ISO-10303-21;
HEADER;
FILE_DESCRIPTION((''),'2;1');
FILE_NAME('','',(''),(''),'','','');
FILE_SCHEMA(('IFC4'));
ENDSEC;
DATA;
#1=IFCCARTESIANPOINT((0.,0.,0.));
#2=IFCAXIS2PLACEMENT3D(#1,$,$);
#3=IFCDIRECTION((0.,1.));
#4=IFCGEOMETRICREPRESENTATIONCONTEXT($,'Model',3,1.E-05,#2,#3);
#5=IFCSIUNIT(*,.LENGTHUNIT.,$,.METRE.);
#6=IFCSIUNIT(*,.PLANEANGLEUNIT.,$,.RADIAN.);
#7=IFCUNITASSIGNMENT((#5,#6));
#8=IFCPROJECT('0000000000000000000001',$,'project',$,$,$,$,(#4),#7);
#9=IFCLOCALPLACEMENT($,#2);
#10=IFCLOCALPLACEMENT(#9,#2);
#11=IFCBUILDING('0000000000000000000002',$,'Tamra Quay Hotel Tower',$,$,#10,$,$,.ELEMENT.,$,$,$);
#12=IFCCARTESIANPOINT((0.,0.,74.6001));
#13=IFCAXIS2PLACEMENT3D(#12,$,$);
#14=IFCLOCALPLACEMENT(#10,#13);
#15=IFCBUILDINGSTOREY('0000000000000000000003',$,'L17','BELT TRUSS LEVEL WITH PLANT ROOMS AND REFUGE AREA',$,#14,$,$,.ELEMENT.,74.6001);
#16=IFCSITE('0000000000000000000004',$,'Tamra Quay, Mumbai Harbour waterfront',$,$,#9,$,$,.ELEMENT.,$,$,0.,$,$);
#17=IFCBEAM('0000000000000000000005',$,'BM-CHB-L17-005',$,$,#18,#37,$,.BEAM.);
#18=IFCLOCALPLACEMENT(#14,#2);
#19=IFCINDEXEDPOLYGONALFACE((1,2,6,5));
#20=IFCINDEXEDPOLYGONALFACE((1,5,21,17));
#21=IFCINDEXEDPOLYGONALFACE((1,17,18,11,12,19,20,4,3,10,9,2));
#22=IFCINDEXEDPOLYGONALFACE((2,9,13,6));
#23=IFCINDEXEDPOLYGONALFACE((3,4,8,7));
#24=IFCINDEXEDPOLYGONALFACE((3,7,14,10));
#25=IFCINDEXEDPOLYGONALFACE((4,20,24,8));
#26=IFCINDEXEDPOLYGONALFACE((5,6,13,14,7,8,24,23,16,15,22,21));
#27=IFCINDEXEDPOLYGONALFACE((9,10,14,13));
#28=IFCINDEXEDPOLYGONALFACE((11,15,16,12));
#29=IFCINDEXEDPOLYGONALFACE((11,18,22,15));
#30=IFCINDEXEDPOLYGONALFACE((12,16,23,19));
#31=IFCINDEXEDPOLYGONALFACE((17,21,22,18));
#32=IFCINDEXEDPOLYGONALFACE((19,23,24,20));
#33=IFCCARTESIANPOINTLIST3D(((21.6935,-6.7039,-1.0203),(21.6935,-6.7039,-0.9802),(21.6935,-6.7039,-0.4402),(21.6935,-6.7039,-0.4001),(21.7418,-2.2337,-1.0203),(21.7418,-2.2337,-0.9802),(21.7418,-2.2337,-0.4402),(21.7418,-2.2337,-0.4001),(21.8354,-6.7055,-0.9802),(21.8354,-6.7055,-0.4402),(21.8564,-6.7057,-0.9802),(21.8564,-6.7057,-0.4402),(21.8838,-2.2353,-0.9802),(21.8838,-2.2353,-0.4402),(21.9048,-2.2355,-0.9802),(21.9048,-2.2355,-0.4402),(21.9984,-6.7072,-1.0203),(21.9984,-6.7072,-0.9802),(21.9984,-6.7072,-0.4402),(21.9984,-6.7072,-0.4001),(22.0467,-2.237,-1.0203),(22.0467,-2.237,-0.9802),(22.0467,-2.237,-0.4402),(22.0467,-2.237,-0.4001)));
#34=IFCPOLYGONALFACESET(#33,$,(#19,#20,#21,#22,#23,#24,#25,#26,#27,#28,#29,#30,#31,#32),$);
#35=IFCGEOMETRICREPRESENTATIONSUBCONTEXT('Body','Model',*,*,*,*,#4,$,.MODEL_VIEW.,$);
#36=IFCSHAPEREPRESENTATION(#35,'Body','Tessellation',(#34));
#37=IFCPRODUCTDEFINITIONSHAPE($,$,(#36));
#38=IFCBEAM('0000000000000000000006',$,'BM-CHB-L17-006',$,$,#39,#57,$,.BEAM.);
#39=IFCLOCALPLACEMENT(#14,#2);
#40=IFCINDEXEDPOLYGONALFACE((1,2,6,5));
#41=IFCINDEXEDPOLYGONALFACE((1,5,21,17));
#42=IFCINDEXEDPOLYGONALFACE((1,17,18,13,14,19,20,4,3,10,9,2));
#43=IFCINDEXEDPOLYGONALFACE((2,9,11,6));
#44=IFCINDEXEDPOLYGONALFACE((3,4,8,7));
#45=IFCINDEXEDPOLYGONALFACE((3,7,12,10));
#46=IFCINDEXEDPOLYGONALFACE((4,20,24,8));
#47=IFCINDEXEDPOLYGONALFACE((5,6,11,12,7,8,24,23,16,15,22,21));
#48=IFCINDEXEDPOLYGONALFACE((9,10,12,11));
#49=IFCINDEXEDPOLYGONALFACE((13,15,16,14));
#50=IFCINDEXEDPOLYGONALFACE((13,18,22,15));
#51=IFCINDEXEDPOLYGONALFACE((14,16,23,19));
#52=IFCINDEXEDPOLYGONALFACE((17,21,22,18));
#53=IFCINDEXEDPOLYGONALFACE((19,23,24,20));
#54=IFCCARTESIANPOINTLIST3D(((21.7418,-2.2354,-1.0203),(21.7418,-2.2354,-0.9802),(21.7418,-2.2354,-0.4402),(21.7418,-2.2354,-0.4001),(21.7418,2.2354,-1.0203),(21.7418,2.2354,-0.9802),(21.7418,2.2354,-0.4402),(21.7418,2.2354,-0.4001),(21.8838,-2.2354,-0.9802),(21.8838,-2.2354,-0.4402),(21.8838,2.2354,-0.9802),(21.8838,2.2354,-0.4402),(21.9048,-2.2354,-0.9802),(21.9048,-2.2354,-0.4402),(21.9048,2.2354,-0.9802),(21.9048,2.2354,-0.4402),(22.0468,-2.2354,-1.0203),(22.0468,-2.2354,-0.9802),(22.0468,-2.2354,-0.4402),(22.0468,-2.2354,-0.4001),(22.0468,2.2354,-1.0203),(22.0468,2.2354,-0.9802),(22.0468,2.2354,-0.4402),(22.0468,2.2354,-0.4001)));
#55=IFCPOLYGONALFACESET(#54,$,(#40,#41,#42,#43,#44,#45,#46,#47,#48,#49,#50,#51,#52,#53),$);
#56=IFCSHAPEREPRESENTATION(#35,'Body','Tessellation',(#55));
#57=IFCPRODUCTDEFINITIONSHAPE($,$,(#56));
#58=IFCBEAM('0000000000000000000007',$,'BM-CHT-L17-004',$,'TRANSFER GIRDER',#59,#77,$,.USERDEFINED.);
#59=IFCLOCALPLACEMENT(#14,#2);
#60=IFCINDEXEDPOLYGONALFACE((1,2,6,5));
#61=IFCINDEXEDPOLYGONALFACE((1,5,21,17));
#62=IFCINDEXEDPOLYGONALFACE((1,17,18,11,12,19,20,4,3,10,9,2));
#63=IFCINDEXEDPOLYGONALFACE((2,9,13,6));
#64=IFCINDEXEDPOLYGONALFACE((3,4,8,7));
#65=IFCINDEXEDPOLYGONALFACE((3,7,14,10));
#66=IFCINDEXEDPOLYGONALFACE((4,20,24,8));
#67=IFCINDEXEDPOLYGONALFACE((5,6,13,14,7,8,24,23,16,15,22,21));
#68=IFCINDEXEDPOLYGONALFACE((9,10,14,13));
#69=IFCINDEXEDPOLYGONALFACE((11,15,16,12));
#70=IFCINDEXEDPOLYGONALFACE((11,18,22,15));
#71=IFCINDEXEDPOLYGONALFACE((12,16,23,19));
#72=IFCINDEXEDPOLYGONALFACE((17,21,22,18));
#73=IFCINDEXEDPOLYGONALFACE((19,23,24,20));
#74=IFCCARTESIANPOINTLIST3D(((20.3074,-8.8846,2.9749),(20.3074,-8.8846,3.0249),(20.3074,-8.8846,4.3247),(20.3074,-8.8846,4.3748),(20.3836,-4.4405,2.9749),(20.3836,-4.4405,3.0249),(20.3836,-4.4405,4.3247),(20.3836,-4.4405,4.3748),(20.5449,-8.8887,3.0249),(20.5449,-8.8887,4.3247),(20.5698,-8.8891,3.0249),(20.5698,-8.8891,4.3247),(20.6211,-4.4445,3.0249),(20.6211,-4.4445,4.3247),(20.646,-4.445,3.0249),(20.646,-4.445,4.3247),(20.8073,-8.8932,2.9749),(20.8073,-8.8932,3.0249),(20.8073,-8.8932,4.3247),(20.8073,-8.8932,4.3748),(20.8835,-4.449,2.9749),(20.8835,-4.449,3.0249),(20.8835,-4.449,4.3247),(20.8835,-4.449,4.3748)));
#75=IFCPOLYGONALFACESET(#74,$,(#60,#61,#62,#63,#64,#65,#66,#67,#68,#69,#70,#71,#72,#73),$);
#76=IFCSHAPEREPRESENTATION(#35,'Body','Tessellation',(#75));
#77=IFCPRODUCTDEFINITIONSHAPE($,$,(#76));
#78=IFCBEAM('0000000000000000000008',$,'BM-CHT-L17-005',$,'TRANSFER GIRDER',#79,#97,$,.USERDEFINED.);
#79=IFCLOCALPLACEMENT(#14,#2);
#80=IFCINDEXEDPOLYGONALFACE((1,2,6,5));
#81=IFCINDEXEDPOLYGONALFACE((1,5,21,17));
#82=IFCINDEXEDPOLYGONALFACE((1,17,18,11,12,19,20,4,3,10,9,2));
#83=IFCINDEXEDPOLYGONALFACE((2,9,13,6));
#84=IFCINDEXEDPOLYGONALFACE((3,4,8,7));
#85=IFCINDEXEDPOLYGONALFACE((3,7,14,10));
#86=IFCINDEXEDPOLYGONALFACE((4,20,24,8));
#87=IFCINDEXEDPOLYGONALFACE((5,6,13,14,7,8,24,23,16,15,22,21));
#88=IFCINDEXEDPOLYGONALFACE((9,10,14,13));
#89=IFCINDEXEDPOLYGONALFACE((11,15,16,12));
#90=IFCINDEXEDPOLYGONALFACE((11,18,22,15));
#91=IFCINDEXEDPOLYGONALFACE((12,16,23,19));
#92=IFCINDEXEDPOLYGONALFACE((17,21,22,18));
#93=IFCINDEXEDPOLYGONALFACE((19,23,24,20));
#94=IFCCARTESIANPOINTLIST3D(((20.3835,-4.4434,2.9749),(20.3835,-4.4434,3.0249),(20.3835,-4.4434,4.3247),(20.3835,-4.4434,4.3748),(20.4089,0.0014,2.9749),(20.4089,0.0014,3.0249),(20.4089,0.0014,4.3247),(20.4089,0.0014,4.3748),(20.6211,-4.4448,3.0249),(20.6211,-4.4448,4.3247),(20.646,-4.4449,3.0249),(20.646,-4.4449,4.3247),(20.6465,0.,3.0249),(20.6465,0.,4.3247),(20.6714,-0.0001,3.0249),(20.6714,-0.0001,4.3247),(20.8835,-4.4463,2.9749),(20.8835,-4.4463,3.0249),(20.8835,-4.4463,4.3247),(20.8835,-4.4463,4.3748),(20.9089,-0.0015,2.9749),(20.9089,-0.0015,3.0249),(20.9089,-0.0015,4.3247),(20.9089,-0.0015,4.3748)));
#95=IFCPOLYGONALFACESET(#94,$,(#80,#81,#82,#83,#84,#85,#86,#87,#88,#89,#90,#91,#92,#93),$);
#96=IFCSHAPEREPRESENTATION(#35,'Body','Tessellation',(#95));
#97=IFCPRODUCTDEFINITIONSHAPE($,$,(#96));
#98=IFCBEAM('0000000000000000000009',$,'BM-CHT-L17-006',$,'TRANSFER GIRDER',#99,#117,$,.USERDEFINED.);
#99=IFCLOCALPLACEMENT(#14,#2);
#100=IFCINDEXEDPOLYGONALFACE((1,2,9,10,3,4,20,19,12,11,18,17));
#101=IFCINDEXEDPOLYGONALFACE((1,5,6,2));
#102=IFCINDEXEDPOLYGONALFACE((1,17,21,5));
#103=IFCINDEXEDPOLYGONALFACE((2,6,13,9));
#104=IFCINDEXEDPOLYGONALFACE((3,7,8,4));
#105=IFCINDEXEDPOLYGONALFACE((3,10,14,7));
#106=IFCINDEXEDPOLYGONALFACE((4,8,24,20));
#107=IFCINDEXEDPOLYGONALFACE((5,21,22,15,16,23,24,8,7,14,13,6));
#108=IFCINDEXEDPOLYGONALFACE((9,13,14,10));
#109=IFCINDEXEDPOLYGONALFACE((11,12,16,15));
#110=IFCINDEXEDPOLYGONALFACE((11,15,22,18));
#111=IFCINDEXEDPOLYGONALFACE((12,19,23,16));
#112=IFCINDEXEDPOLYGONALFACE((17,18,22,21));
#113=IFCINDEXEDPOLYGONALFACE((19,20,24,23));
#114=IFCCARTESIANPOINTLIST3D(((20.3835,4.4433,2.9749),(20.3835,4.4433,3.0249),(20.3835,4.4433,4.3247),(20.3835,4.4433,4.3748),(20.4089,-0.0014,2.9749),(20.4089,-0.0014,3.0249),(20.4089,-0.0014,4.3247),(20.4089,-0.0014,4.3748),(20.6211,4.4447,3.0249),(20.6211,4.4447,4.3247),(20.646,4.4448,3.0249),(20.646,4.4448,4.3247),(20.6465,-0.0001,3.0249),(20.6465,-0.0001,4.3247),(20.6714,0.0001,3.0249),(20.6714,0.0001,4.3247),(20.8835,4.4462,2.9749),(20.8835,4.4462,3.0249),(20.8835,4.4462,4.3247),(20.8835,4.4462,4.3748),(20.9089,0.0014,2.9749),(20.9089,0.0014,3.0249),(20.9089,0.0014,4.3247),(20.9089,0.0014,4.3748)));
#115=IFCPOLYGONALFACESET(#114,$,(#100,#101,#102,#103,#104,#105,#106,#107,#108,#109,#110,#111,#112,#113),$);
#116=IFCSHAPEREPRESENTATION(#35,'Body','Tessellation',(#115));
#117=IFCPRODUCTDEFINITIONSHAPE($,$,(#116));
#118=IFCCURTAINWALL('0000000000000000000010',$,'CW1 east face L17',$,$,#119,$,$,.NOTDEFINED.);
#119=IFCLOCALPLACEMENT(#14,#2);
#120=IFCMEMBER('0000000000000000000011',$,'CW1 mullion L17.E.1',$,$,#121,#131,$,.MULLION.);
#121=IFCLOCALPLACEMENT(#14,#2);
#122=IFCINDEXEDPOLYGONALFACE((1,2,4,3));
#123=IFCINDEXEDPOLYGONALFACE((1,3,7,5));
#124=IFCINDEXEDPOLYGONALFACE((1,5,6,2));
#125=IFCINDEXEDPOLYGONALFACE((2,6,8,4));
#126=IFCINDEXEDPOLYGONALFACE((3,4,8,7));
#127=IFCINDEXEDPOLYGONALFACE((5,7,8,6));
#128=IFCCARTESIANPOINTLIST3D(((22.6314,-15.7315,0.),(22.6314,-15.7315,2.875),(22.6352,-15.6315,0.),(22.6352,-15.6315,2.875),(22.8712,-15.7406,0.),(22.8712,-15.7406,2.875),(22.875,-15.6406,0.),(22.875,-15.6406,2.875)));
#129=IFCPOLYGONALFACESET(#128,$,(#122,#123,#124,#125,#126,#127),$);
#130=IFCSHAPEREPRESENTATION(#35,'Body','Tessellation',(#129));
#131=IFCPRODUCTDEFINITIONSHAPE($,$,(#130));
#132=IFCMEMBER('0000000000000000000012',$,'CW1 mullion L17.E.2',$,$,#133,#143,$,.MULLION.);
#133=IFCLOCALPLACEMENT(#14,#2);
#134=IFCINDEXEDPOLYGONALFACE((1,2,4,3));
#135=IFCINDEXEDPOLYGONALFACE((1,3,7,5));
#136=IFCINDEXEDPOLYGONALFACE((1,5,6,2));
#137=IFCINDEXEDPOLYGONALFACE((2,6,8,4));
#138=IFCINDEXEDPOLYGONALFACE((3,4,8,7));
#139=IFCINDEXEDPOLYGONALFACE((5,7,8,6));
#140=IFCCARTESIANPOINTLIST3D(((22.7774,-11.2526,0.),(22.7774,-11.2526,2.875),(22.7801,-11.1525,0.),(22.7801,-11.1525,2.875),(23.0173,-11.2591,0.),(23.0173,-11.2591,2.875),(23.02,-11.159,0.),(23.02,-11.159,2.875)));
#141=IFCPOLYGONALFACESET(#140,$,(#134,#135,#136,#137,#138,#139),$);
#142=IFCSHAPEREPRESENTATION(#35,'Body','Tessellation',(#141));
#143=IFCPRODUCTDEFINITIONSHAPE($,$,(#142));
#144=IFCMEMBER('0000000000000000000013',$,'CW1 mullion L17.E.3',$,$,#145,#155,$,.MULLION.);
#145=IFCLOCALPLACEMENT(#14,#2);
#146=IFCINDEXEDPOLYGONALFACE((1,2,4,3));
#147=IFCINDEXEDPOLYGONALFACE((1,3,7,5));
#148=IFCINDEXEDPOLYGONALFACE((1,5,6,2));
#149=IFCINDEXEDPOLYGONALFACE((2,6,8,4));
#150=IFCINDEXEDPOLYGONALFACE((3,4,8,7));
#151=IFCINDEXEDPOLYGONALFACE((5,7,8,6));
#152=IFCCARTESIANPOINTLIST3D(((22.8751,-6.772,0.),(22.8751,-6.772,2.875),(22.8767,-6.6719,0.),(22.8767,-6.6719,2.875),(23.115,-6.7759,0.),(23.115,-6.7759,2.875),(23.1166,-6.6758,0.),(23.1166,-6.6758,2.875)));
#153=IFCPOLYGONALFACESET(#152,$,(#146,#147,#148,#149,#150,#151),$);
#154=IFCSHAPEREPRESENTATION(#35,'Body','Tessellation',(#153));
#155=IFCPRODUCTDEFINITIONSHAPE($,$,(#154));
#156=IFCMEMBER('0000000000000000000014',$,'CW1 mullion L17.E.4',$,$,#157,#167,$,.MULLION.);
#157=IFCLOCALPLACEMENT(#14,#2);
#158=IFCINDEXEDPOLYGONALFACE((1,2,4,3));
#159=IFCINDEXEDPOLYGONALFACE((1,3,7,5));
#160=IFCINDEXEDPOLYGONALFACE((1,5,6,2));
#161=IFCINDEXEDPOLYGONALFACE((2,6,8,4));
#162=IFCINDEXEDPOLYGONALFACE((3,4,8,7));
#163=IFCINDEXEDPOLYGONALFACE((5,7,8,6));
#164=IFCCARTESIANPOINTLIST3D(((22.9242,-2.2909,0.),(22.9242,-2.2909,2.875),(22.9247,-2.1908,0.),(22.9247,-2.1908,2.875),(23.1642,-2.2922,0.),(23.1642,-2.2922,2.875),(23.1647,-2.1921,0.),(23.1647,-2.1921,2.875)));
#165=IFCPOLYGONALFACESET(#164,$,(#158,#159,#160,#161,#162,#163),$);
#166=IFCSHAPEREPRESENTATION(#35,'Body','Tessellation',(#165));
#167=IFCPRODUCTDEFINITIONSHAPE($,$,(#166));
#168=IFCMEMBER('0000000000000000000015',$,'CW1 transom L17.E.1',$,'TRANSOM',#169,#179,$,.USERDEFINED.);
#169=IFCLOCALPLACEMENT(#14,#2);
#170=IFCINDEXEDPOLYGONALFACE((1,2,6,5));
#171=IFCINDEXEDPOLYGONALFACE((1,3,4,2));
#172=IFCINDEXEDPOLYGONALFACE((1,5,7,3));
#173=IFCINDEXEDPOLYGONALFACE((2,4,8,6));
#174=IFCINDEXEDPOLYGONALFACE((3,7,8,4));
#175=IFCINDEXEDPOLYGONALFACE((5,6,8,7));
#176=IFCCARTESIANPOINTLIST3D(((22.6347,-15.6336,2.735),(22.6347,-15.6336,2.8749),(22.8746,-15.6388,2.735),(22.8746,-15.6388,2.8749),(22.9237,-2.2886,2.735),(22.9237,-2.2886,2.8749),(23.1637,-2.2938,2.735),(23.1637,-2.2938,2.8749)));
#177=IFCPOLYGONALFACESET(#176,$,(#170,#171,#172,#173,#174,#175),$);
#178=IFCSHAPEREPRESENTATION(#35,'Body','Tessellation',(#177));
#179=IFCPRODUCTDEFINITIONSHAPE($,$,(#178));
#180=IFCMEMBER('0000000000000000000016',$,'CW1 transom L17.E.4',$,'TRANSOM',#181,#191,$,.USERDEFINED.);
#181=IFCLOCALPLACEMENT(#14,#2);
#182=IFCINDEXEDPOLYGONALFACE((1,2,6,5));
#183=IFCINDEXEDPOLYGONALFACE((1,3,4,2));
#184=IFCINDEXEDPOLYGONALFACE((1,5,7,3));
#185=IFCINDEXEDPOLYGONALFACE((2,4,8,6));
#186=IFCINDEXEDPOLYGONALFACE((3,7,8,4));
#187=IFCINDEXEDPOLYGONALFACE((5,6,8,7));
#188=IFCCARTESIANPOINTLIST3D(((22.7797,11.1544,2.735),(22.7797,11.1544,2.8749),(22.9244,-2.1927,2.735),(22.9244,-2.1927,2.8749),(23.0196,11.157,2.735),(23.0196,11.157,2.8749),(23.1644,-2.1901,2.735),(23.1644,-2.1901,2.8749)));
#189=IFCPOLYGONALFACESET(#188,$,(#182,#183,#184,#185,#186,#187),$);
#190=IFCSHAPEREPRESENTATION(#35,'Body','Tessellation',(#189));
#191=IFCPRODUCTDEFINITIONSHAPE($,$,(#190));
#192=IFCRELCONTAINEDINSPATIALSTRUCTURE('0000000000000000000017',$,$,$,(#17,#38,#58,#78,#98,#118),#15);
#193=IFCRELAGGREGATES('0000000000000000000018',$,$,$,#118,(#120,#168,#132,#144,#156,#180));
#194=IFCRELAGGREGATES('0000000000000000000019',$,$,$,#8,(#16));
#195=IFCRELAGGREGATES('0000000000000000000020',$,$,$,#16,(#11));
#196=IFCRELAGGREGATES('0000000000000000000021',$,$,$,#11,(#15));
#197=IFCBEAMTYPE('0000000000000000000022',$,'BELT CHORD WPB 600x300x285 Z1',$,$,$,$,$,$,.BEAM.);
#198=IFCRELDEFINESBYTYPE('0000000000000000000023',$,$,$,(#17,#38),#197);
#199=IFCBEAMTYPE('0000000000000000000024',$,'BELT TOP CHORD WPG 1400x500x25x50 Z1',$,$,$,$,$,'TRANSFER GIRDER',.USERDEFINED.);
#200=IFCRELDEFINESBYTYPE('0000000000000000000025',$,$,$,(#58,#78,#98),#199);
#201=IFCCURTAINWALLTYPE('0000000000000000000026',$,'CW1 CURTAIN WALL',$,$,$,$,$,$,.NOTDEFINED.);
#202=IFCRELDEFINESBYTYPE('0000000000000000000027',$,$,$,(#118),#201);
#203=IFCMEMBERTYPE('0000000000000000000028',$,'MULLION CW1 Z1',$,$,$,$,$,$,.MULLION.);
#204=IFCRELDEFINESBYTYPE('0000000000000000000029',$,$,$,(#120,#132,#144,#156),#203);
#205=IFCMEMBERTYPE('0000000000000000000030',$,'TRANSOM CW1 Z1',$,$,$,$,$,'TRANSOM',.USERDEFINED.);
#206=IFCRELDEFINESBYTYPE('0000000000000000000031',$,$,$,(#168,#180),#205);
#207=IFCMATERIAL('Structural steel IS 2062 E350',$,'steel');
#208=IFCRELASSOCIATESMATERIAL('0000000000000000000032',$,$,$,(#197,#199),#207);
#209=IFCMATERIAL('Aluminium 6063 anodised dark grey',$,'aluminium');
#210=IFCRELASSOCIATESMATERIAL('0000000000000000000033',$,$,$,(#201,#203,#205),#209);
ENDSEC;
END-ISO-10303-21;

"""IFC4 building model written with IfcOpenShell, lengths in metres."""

from ifc_helpers import new_model, si_unit, direction, frame, origin, origin_2d, place, context, subcontext, project, spatial, rectangle, i_section, extrude, material, material_profile, profile_set, type_object, element, aggregate, save


model = new_model("IFC4")

# Units and contexts
model_context = context("Model", 3, precision=1e-05, world=origin(), true_north=direction((0.0, 1.0)))
body_context = subcontext(model_context, "Body", "Model", "MODEL_VIEW")
ifc_project = project(units=[si_unit("LENGTHUNIT", "METRE"), si_unit("PLANEANGLEUNIT", "RADIAN")], contexts=[model_context])

# Site, building, storey
site_placement = place(None, origin())
site = spatial("IfcSite", under=ifc_project, at=site_placement, Name="Tamra Quay, Mumbai Harbour waterfront", CompositionType="ELEMENT", RefElevation=0.0)
building_placement = place(site_placement, origin())
building = spatial("IfcBuilding", under=site, at=building_placement, Name="Tamra Quay Hotel Tower", CompositionType="ELEMENT")
storey_placement = place(building_placement, frame((0.0, 0.0, 74.6001)))
storey = spatial("IfcBuildingStorey", under=building, at=storey_placement, Name="L17", Description="BELT TRUSS LEVEL WITH PLANT ROOMS AND REFUGE AREA", CompositionType="ELEMENT", Elevation=74.6001)

# Shared definitions
ifc_material_1 = material(Name="Structural steel IS 2062 E350", Category="steel")

# Beams
ifc_material_profile_1 = material_profile(ifc_material_1, i_section(OverallWidth=0.3049, OverallDepth=0.6201, WebThickness=0.021, FlangeThickness=0.04, at=origin_2d()), Name="WPB 600x300x285")
ifc_profile_set_1 = profile_set([ifc_material_profile_1], Name="Structural steel IS 2062 E350")
beam_type_1 = type_object("IfcBeamType", Name="BELT CHORD WPB 600x300x285 Z1", PredefinedType="BEAM", material=ifc_profile_set_1)
beam_1_placement = place(storey_placement, frame((21.8459, -6.7056, -0.7102), z_axis=(0.010813, 0.999942, 0.0), x_axis=(-0.999942, 0.010813, 0.0)))
element("IfcBeam", 1, at=beam_1_placement, inside=storey, type_object=beam_type_1, Name="BM-CHB-L17-005", PredefinedType="BEAM", context=body_context, shape_type="SweptSolid", body=[
    extrude(i_section(OverallWidth=0.3049, OverallDepth=0.6201, WebThickness=0.021, FlangeThickness=0.04, at=origin_2d()), origin(), (0.0, 0.0, 1.0), 4.4705),
])
beam_2_placement = place(storey_placement, frame((21.8943, -2.2354, -0.7102), z_axis=(0.0, 1.0, 0.0), x_axis=(-1.0, 0.0, 0.0)))
element("IfcBeam", 2, at=beam_2_placement, inside=storey, type_object=beam_type_1, Name="BM-CHB-L17-006", PredefinedType="BEAM", context=body_context, shape_type="SweptSolid", body=[
    extrude(i_section(OverallWidth=0.3049, OverallDepth=0.6201, WebThickness=0.021, FlangeThickness=0.04, at=origin_2d()), origin(), (0.0, 0.0, 1.0), 4.4707),
])
ifc_material_profile_2 = material_profile(ifc_material_1, i_section(OverallWidth=0.5, OverallDepth=1.3999, WebThickness=0.0249, FlangeThickness=0.05, at=origin_2d()), Name="WPG 1400x500x25x50")
ifc_profile_set_2 = profile_set([ifc_material_profile_2], Name="Structural steel IS 2062 E350")
beam_type_2 = type_object("IfcBeamType", Name="BELT TOP CHORD WPG 1400x500x25x50 Z1", ElementType="TRANSFER GIRDER", PredefinedType="USERDEFINED", material=ifc_profile_set_2)
for number, where, z_axis, x_axis, name in (
    (3, (20.5574, -8.8889, 3.6748), (0.017138, 0.999853, 0.0), (-0.999853, 0.017138, 0.0), "BM-CHT-L17-004"),
    (4, (20.6335, -4.4448, 3.6748), (0.005712, 0.999984, 0.0), (-0.999984, 0.005712, 0.0), "BM-CHT-L17-005"),
    (5, (20.6589, 0.0, 3.6748), (-0.005712, 0.999984, 0.0), (-0.999984, -0.005712, 0.0), "BM-CHT-L17-006"),
):
    element("IfcBeam", number, at=place(storey_placement, frame(where, z_axis=z_axis, x_axis=x_axis)), inside=storey, type_object=beam_type_2, Name=name, ObjectType="TRANSFER GIRDER", PredefinedType="USERDEFINED", context=body_context, shape_type="SweptSolid", body=[
        extrude(i_section(OverallWidth=0.5, OverallDepth=1.3999, WebThickness=0.0249, FlangeThickness=0.05, at=origin_2d()), origin(), (0.0, 0.0, 1.0), 4.4448),
    ])

# Curtain wall, members
ifc_material_2 = material(Name="Aluminium 6063 anodised dark grey", Category="aluminium")
curtain_wall_type = type_object("IfcCurtainWallType", Name="CW1 CURTAIN WALL", PredefinedType="NOTDEFINED", material=ifc_material_2)
curtain_wall_placement = place(storey_placement, origin())
curtain_wall = element("IfcCurtainWall", 6, at=curtain_wall_placement, inside=storey, type_object=curtain_wall_type, Name="CW1 east face L17", PredefinedType="NOTDEFINED")
ifc_material_profile_3 = material_profile(ifc_material_2, rectangle(XDim=0.24, YDim=0.1001, at=origin_2d()), Name="MULLION 100X240")
ifc_profile_set_3 = profile_set([ifc_material_profile_3], Name="Aluminium 6063 anodised dark grey")
member_type_1 = type_object("IfcMemberType", Name="MULLION CW1 Z1", PredefinedType="MULLION", material=ifc_profile_set_3)
member_1_placement = place(storey_placement, frame((22.7532, -15.686, 0.0), z_axis=(0.0, 0.0, 1.0), x_axis=(0.999282, -0.037881, 0.0)))
member_1 = element("IfcMember", 7, at=member_1_placement, type_object=member_type_1, Name="CW1 mullion L17.E.1", PredefinedType="MULLION", context=body_context, shape_type="SweptSolid", body=[
    extrude(rectangle(XDim=0.24, YDim=0.1001, at=origin_2d()), origin(), (0.0, 0.0, 1.0), 2.875),
])
member_2_placement = place(storey_placement, frame((22.8987, -11.2058, 0.0), z_axis=(0.0, 0.0, 1.0), x_axis=(0.999634, -0.027067, 0.0)))
member_2 = element("IfcMember", 8, at=member_2_placement, type_object=member_type_1, Name="CW1 mullion L17.E.2", PredefinedType="MULLION", context=body_context, shape_type="SweptSolid", body=[
    extrude(rectangle(XDim=0.24, YDim=0.1001, at=origin_2d()), origin(), (0.0, 0.0, 1.0), 2.875),
])
member_3_placement = place(storey_placement, frame((22.9958, -6.7239, 0.0), z_axis=(0.0, 0.0, 1.0), x_axis=(0.999868, -0.016248, 0.0)))
member_3 = element("IfcMember", 9, at=member_3_placement, type_object=member_type_1, Name="CW1 mullion L17.E.3", PredefinedType="MULLION", context=body_context, shape_type="SweptSolid", body=[
    extrude(rectangle(XDim=0.24, YDim=0.1001, at=origin_2d()), origin(), (0.0, 0.0, 1.0), 2.875),
])
member_4_placement = place(storey_placement, frame((23.0444, -2.2415, 0.0), z_axis=(0.0, 0.0, 1.0), x_axis=(0.999985, -0.005418, 0.0)))
member_4 = element("IfcMember", 10, at=member_4_placement, type_object=member_type_1, Name="CW1 mullion L17.E.4", PredefinedType="MULLION", context=body_context, shape_type="SweptSolid", body=[
    extrude(rectangle(XDim=0.24, YDim=0.1001, at=origin_2d()), origin(), (0.0, 0.0, 1.0), 2.875),
])
ifc_material_profile_4 = material_profile(ifc_material_2, rectangle(XDim=0.24, YDim=0.1399, at=origin_2d()), Name="TRANSOM 240X140")
ifc_profile_set_4 = profile_set([ifc_material_profile_4], Name="Aluminium 6063 anodised dark grey")
member_type_2 = type_object("IfcMemberType", Name="TRANSOM CW1 Z1", ElementType="TRANSOM", PredefinedType="USERDEFINED", material=ifc_profile_set_4)
member_5_placement = place(storey_placement, frame((22.7546, -15.6362, 2.8049), z_axis=(0.021656, 0.999765, 0.0), x_axis=(-0.999765, 0.021656, 0.0)))
member_5 = element("IfcMember", 11, at=member_5_placement, type_object=member_type_2, Name="CW1 transom L17.E.1", ObjectType="TRANSOM", PredefinedType="USERDEFINED", context=body_context, shape_type="SweptSolid", body=[
    extrude(rectangle(XDim=0.24, YDim=0.1399, at=origin_2d()), origin(), (0.0, 0.0, 1.0), 13.3481),
])
member_6_placement = place(storey_placement, frame((23.0444, -2.1914, 2.8049), z_axis=(-0.010846, 0.999941, 0.0), x_axis=(-0.999941, -0.010846, 0.0)))
member_6 = element("IfcMember", 12, at=member_6_placement, type_object=member_type_2, Name="CW1 transom L17.E.4", ObjectType="TRANSOM", PredefinedType="USERDEFINED", context=body_context, shape_type="SweptSolid", body=[
    extrude(rectangle(XDim=0.24, YDim=0.1399, at=origin_2d()), origin(), (0.0, 0.0, 1.0), 13.3479),
])

aggregate(curtain_wall, [member_1, member_5, member_2, member_3, member_4, member_6])

save(model, "model.ifc")
